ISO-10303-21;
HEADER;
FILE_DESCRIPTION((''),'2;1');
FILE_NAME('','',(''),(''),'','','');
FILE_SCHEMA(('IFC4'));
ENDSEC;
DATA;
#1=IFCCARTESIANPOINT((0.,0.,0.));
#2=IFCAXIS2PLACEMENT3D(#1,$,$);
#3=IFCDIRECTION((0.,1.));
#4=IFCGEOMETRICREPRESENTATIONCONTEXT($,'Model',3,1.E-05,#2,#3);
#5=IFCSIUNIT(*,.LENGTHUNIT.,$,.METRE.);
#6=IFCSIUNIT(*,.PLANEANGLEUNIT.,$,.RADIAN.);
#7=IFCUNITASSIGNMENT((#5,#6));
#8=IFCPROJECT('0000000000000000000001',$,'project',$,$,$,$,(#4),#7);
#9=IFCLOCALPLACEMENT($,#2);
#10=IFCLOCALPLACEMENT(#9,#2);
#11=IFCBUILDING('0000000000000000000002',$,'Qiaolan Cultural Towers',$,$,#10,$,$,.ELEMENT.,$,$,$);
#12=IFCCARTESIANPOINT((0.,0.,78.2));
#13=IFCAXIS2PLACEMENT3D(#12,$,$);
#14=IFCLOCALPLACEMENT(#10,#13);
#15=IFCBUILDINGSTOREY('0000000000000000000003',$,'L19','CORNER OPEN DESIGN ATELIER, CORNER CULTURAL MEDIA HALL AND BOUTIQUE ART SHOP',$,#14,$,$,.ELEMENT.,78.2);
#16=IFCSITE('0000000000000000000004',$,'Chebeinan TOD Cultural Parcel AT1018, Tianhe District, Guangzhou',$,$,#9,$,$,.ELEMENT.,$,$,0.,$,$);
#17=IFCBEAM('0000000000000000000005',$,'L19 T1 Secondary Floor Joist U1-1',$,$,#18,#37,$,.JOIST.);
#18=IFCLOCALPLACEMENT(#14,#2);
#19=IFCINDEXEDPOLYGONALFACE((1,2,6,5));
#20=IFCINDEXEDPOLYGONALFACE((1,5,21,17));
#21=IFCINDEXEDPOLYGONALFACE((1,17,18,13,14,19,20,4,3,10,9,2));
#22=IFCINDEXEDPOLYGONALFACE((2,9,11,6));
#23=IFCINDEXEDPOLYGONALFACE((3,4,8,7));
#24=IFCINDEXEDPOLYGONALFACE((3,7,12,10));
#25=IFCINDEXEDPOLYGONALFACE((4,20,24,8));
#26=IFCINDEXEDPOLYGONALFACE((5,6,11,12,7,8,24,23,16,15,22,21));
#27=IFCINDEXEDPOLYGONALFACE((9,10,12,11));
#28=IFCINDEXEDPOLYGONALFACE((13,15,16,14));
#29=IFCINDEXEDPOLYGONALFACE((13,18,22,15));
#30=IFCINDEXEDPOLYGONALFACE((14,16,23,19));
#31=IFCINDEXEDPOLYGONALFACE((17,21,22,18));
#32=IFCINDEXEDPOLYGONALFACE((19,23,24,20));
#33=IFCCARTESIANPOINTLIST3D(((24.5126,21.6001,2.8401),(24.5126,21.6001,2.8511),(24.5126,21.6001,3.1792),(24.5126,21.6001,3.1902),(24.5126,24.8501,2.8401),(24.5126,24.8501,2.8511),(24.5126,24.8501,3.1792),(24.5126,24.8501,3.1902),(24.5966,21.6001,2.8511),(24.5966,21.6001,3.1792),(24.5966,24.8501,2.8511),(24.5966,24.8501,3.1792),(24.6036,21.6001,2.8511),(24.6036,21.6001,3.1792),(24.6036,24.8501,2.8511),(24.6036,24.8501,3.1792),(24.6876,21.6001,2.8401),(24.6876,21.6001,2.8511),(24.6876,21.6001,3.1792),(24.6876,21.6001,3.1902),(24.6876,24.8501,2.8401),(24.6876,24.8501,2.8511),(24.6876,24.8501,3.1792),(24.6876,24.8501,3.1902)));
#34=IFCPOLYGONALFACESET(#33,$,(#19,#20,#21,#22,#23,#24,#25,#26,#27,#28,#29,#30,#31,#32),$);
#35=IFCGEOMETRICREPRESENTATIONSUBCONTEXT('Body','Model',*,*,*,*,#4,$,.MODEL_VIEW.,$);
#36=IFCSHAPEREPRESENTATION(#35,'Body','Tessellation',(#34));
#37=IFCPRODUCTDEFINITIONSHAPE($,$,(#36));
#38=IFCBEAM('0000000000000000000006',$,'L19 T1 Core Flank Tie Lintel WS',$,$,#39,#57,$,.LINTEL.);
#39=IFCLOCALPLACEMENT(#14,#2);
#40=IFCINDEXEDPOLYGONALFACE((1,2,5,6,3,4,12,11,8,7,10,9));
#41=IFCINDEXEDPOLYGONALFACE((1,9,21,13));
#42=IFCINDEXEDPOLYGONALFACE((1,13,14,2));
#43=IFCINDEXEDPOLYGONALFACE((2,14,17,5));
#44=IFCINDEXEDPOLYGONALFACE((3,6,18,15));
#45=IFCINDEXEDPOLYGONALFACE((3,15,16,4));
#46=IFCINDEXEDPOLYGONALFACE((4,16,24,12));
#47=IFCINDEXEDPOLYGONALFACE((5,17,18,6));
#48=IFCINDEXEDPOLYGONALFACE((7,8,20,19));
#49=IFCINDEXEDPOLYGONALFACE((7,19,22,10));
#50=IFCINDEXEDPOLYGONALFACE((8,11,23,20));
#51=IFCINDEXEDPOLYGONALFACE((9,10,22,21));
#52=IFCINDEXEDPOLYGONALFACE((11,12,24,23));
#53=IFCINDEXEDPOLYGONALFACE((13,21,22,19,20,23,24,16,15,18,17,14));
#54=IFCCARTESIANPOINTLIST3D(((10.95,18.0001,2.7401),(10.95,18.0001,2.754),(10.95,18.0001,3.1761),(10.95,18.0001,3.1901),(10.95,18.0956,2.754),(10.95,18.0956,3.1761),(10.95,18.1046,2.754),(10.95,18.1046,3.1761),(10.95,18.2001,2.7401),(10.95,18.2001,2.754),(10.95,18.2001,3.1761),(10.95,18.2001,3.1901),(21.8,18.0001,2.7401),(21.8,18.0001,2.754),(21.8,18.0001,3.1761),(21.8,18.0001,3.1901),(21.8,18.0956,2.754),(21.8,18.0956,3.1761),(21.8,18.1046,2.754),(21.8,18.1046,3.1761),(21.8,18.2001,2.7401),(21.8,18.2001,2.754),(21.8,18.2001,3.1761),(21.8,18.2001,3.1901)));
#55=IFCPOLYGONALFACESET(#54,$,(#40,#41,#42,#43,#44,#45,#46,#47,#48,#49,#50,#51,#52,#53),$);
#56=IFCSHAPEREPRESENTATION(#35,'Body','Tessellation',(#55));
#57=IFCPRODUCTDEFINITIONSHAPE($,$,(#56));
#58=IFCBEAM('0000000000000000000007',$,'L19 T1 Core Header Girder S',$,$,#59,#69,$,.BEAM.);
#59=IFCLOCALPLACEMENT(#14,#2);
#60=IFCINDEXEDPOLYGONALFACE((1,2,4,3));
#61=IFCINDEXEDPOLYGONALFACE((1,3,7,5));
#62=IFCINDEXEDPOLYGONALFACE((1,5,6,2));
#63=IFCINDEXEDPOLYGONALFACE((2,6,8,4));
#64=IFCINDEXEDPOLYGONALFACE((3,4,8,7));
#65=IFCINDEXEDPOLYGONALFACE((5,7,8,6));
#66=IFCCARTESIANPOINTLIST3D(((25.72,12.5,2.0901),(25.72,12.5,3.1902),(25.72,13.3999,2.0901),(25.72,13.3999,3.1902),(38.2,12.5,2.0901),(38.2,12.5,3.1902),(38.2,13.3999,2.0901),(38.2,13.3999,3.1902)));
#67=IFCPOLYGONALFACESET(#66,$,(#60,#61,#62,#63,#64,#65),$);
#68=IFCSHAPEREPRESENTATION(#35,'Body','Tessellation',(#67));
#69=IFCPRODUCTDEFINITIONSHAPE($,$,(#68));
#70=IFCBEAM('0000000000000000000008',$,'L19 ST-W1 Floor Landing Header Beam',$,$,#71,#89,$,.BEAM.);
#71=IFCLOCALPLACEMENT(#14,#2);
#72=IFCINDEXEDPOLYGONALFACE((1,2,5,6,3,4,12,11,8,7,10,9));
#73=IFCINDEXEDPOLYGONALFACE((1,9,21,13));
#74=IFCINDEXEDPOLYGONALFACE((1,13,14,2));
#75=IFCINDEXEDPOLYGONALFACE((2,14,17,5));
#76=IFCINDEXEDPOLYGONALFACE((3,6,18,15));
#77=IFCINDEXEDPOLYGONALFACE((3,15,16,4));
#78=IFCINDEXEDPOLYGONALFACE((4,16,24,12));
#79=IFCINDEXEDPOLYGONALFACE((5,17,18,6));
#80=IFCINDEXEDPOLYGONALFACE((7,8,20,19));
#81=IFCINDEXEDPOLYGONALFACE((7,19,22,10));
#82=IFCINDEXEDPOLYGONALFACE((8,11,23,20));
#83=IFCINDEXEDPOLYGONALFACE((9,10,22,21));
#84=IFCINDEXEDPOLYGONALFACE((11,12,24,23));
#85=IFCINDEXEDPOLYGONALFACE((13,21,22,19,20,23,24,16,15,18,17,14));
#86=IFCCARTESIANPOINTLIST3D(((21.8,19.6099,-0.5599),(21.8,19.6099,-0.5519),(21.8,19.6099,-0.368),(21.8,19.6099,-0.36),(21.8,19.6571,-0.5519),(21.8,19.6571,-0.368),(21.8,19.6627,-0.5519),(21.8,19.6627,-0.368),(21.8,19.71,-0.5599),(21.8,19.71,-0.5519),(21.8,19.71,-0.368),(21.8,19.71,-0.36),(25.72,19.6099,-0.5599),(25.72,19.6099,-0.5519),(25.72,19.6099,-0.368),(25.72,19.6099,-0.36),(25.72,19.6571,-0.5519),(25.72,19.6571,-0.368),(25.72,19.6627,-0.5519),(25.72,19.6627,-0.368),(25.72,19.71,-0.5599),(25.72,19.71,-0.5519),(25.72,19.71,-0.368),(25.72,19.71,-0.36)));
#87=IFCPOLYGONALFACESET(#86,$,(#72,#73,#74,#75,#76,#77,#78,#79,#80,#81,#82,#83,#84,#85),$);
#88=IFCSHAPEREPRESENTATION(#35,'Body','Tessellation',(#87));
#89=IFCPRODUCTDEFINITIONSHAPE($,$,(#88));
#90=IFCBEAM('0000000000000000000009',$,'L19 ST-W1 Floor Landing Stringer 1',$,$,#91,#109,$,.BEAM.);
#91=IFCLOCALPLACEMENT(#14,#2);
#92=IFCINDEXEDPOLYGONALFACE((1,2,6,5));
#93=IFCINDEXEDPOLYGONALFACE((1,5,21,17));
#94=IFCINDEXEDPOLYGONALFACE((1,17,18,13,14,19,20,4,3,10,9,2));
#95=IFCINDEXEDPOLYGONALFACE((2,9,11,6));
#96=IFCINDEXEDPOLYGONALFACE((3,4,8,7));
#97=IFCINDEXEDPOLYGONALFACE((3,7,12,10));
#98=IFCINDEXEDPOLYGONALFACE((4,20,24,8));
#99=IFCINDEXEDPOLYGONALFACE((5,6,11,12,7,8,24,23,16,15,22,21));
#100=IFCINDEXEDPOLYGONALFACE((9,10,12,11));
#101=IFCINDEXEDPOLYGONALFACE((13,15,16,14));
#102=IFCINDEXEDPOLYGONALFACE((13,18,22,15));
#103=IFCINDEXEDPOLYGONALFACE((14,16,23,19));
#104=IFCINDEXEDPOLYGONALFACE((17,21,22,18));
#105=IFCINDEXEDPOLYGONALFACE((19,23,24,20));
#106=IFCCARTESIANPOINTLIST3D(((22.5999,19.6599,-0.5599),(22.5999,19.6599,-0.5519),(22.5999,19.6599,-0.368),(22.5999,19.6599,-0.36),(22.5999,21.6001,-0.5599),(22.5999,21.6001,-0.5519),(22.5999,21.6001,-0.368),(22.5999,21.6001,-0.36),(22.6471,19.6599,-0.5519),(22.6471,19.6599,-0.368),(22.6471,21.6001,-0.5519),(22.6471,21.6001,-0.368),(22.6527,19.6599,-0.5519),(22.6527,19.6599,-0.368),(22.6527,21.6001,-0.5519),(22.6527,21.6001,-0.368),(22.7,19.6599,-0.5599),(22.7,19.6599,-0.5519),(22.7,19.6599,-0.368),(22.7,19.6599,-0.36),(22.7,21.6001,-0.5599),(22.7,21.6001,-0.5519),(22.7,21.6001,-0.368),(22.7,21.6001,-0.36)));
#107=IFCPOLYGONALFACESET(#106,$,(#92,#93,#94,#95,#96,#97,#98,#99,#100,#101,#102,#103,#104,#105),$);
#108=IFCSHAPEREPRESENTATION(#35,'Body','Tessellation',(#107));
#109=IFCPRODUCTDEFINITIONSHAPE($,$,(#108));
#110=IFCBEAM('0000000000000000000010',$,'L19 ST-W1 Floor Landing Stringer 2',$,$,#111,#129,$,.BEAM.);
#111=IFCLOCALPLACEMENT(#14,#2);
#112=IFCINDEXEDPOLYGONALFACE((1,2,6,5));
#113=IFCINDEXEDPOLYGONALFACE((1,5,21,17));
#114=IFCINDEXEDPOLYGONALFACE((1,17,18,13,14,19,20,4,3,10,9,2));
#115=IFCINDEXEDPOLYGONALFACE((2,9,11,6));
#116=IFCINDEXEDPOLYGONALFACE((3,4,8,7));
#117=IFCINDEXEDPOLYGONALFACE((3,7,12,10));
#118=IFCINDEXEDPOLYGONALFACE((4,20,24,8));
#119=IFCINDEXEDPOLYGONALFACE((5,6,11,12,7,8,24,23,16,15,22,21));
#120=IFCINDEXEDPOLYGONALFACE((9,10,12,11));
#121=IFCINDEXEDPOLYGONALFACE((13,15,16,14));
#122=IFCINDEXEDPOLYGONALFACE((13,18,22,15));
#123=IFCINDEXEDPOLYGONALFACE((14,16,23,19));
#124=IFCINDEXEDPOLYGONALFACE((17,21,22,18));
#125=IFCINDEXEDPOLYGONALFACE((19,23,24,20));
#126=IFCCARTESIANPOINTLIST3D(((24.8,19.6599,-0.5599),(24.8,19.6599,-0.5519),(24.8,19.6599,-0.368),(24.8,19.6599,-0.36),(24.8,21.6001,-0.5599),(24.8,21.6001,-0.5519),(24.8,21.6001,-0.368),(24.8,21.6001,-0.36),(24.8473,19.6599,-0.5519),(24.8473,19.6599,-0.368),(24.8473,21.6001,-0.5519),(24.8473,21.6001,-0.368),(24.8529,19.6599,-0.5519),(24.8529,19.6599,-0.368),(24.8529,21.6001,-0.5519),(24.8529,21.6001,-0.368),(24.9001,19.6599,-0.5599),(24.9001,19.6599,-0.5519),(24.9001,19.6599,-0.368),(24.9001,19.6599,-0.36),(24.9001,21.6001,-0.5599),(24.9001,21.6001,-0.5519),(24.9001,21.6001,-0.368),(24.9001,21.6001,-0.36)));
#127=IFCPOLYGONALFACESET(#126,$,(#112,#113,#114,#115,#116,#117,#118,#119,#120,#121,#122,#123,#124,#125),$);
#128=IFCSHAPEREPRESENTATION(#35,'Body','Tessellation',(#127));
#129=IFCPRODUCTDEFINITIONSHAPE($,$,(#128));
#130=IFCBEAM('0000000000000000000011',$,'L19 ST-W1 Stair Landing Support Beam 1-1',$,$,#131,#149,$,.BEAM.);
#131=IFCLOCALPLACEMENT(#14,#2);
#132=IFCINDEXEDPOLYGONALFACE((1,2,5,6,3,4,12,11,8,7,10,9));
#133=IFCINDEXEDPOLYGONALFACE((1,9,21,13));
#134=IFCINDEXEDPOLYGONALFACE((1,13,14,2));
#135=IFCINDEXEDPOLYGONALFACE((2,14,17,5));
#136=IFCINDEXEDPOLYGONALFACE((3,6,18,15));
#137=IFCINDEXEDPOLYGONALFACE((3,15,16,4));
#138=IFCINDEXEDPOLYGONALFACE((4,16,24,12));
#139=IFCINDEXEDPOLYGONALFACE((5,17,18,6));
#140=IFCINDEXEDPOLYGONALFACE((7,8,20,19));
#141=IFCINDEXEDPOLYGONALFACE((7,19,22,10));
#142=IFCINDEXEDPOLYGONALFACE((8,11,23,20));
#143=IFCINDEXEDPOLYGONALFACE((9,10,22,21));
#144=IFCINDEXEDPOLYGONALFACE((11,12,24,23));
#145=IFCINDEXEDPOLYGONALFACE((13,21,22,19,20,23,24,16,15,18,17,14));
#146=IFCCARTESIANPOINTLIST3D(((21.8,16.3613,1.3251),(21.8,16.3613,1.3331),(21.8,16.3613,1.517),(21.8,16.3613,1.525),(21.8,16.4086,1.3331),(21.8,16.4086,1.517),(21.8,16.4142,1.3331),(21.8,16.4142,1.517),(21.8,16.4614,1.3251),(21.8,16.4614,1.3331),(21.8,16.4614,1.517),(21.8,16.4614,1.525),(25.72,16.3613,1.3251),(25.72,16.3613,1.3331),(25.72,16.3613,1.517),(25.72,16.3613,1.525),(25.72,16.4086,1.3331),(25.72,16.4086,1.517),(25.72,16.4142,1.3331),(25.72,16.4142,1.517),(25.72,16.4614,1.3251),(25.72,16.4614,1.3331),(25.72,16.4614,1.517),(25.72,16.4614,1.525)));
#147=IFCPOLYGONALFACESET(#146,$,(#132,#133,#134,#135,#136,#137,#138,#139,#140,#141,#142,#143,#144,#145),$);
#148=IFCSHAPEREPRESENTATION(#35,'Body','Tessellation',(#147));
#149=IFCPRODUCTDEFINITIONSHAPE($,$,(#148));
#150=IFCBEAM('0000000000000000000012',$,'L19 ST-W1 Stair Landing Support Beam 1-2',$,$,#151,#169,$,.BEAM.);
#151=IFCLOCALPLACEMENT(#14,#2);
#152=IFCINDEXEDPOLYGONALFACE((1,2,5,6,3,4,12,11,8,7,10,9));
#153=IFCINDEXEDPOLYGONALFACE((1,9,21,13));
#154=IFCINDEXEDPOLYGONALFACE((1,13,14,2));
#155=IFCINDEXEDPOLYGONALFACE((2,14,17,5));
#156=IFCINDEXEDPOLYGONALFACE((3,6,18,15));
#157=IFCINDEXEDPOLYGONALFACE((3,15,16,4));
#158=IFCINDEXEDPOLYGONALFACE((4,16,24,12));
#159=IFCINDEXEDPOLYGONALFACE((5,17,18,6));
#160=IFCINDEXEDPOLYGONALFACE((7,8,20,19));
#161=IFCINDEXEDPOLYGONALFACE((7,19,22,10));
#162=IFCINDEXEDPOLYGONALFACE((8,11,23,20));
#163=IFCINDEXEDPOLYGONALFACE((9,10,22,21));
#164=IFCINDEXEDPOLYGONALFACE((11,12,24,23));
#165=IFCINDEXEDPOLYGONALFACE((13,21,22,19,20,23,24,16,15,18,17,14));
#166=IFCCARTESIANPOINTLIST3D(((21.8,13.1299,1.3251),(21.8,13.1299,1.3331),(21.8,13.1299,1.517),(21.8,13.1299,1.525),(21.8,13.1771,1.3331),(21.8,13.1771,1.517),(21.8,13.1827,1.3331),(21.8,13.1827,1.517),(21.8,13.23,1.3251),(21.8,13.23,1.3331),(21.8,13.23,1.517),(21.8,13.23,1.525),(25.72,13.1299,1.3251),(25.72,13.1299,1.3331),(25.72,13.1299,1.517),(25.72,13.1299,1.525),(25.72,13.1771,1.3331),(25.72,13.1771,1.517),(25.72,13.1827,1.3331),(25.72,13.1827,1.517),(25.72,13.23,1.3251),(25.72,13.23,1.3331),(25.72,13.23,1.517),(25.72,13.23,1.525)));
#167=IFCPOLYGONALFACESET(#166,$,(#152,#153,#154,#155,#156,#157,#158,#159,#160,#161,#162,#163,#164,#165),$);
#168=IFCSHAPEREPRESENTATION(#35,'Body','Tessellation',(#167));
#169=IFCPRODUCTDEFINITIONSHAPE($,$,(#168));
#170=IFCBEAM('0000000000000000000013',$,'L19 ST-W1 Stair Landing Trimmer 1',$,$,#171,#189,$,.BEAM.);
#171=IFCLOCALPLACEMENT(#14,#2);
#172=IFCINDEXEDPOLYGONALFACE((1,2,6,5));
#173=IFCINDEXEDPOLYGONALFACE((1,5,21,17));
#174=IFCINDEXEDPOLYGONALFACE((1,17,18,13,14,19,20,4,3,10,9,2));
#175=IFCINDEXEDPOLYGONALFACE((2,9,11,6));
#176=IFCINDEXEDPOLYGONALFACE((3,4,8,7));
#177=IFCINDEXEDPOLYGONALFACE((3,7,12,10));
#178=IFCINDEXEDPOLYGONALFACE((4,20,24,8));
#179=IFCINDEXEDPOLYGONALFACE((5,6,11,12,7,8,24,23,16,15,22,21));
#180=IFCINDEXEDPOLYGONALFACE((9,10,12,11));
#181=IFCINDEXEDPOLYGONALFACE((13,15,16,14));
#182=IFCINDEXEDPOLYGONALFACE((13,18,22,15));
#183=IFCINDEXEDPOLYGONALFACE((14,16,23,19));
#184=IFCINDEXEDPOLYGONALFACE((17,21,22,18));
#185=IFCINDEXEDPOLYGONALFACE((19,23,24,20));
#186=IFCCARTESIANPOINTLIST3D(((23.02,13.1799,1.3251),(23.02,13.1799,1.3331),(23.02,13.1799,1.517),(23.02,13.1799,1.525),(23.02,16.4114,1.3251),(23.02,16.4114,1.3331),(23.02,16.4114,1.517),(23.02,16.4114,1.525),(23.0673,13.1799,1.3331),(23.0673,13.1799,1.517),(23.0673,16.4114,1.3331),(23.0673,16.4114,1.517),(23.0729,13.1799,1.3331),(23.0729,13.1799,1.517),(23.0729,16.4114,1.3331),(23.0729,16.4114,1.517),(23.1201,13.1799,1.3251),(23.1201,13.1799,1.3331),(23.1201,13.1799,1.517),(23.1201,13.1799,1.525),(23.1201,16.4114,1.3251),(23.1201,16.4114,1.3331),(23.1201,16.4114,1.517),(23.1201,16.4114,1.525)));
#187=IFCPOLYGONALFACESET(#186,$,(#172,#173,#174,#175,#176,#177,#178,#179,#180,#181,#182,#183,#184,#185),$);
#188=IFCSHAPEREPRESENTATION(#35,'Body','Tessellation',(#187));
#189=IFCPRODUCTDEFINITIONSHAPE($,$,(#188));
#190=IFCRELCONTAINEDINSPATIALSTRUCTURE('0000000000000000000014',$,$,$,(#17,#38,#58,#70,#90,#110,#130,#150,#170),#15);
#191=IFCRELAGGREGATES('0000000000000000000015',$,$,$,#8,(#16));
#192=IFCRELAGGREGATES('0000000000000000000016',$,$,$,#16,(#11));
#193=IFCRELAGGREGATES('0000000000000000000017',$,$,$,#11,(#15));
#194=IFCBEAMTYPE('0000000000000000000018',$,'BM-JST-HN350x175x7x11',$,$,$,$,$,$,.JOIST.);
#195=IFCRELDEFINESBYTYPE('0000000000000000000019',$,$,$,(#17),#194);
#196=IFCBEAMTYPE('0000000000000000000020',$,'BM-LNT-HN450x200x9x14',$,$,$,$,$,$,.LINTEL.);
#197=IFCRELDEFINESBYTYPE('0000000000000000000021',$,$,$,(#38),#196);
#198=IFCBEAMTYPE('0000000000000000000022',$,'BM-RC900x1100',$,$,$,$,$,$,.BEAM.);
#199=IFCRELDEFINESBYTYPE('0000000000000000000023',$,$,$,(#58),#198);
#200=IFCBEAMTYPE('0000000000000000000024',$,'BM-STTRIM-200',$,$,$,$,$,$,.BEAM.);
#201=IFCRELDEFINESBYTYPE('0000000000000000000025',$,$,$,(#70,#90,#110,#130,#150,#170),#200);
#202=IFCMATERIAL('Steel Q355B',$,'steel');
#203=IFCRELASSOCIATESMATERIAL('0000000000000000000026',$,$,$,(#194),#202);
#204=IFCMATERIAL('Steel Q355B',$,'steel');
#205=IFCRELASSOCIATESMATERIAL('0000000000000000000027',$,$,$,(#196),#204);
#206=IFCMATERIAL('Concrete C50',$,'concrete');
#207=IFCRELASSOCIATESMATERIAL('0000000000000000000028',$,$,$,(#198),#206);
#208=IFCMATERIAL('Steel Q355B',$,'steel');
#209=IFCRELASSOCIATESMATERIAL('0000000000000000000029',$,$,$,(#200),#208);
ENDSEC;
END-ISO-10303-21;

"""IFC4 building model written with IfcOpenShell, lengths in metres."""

from ifc_helpers import new_model, si_unit, direction, frame, origin, origin_2d, place, context, subcontext, project, spatial, rectangle, i_section, extrude, material, material_profile, profile_set, type_object, element, save


model = new_model("IFC4")

# Units and contexts
model_context = context("Model", 3, precision=1e-05, world=origin(), true_north=direction((0.0, 1.0)))
body_context = subcontext(model_context, "Body", "Model", "MODEL_VIEW")
ifc_project = project(units=[si_unit("LENGTHUNIT", "METRE"), si_unit("PLANEANGLEUNIT", "RADIAN")], contexts=[model_context])

# Site, building, storey
site_placement = place(None, origin())
site = spatial("IfcSite", under=ifc_project, at=site_placement, Name="Chebeinan TOD Cultural Parcel AT1018, Tianhe District, Guangzhou", CompositionType="ELEMENT", RefElevation=0.0)
building_placement = place(site_placement, origin())
building = spatial("IfcBuilding", under=site, at=building_placement, Name="Qiaolan Cultural Towers", CompositionType="ELEMENT")
storey_placement = place(building_placement, frame((0.0, 0.0, 78.2)))
storey = spatial("IfcBuildingStorey", under=building, at=storey_placement, Name="L19", Description="CORNER OPEN DESIGN ATELIER, CORNER CULTURAL MEDIA HALL AND BOUTIQUE ART SHOP", CompositionType="ELEMENT", Elevation=78.2)

# Beams
ifc_material_1 = material(Name="Steel Q355B", Category="steel")
ifc_material_profile_1 = material_profile(ifc_material_1, i_section(OverallWidth=0.175, OverallDepth=0.3501, WebThickness=0.0071, FlangeThickness=0.011, at=origin_2d()), Name="HN350x175x7x11")
ifc_profile_set_1 = profile_set([ifc_material_profile_1], Name="Steel Q355B")
beam_type_1 = type_object("IfcBeamType", Name="BM-JST-HN350x175x7x11", PredefinedType="JOIST", material=ifc_profile_set_1)
beam_1_placement = place(storey_placement, frame((24.6001, 21.6001, 3.0151), z_axis=(0.0, 1.0, 0.0), x_axis=(-1.0, 0.0, 0.0)))
element("IfcBeam", 1, at=beam_1_placement, inside=storey, type_object=beam_type_1, Name="L19 T1 Secondary Floor Joist U1-1", PredefinedType="JOIST", context=body_context, shape_type="SweptSolid", body=[
    extrude(i_section(OverallWidth=0.175, OverallDepth=0.3501, WebThickness=0.0071, FlangeThickness=0.011, at=origin_2d()), origin(), (0.0, 0.0, 1.0), 3.25),
])
ifc_material_2 = material(Name="Steel Q355B", Category="steel")
ifc_material_profile_2 = material_profile(ifc_material_2, i_section(OverallWidth=0.2, OverallDepth=0.45, WebThickness=0.009, FlangeThickness=0.0139, at=origin_2d()), Name="HN450x200x9x14")
ifc_profile_set_2 = profile_set([ifc_material_profile_2], Name="Steel Q355B")
beam_type_2 = type_object("IfcBeamType", Name="BM-LNT-HN450x200x9x14", PredefinedType="LINTEL", material=ifc_profile_set_2)
beam_2_placement = place(storey_placement, frame((21.8, 18.1001, 2.9651), z_axis=(-1.0, 0.0, 0.0), x_axis=(0.0, -1.0, 0.0)))
element("IfcBeam", 2, at=beam_2_placement, inside=storey, type_object=beam_type_2, Name="L19 T1 Core Flank Tie Lintel WS", PredefinedType="LINTEL", context=body_context, shape_type="SweptSolid", body=[
    extrude(i_section(OverallWidth=0.2, OverallDepth=0.45, WebThickness=0.009, FlangeThickness=0.0139, at=origin_2d()), origin(), (0.0, 0.0, 1.0), 10.8501),
])
ifc_material_3 = material(Name="Concrete C50", Category="concrete")
ifc_material_profile_3 = material_profile(ifc_material_3, rectangle(XDim=0.8999, YDim=1.1001, at=origin_2d()), Name="RC900x1100")
ifc_profile_set_3 = profile_set([ifc_material_profile_3], Name="Concrete C50")
beam_type_3 = type_object("IfcBeamType", Name="BM-RC900x1100", PredefinedType="BEAM", material=ifc_profile_set_3)
beam_3_placement = place(storey_placement, frame((25.72, 12.95, 2.6401), z_axis=(1.0, 0.0, 0.0), x_axis=(0.0, 1.0, 0.0)))
element("IfcBeam", 3, at=beam_3_placement, inside=storey, type_object=beam_type_3, Name="L19 T1 Core Header Girder S", PredefinedType="BEAM", context=body_context, shape_type="SweptSolid", body=[
    extrude(rectangle(XDim=0.8999, YDim=1.1001, at=origin_2d()), origin(), (0.0, 0.0, 1.0), 12.48),
])
ifc_material_4 = material(Name="Steel Q355B", Category="steel")
ifc_material_profile_4 = material_profile(ifc_material_4, i_section(OverallWidth=0.1001, OverallDepth=0.2, WebThickness=0.0056, FlangeThickness=0.0081, at=origin_2d()), Name="HN200x100x5.5x8")
ifc_profile_set_4 = profile_set([ifc_material_profile_4], Name="Steel Q355B")
beam_type_4 = type_object("IfcBeamType", Name="BM-STTRIM-200", PredefinedType="BEAM", material=ifc_profile_set_4)
beam_4_placement = place(storey_placement, frame((21.8, 19.6599, -0.46), z_axis=(1.0, 0.0, 0.0), x_axis=(0.0, 1.0, 0.0)))
element("IfcBeam", 4, at=beam_4_placement, inside=storey, type_object=beam_type_4, Name="L19 ST-W1 Floor Landing Header Beam", PredefinedType="BEAM", context=body_context, shape_type="SweptSolid", body=[
    extrude(i_section(OverallWidth=0.1001, OverallDepth=0.2, WebThickness=0.0056, FlangeThickness=0.0081, at=origin_2d()), origin(), (0.0, 0.0, 1.0), 3.9199),
])
for number, where, z_axis, x_axis, name in (
    (5, (22.6499, 21.6001, -0.46), (0.0, -1.0, 0.0), (1.0, 0.0, 0.0), "L19 ST-W1 Floor Landing Stringer 1"),
    (6, (24.8501, 21.6001, -0.46), (0.0, -1.0, 0.0), (1.0, 0.0, 0.0), "L19 ST-W1 Floor Landing Stringer 2"),
):
    element("IfcBeam", number, at=place(storey_placement, frame(where, z_axis=z_axis, x_axis=x_axis)), inside=storey, type_object=beam_type_4, Name=name, PredefinedType="BEAM", context=body_context, shape_type="SweptSolid", body=[
        extrude(i_section(OverallWidth=0.1001, OverallDepth=0.2, WebThickness=0.0056, FlangeThickness=0.0081, at=origin_2d()), origin(), (0.0, 0.0, 1.0), 1.9402),
    ])
for number, where, z_axis, x_axis, name in (
    (7, (21.8, 16.4114, 1.425), (1.0, 0.0, 0.0), (0.0, 1.0, 0.0), "L19 ST-W1 Stair Landing Support Beam 1-1"),
    (8, (21.8, 13.1799, 1.425), (1.0, 0.0, 0.0), (0.0, 1.0, 0.0), "L19 ST-W1 Stair Landing Support Beam 1-2"),
):
    element("IfcBeam", number, at=place(storey_placement, frame(where, z_axis=z_axis, x_axis=x_axis)), inside=storey, type_object=beam_type_4, Name=name, PredefinedType="BEAM", context=body_context, shape_type="SweptSolid", body=[
        extrude(i_section(OverallWidth=0.1001, OverallDepth=0.2, WebThickness=0.0056, FlangeThickness=0.0081, at=origin_2d()), origin(), (0.0, 0.0, 1.0), 3.9199),
    ])
beam_5_placement = place(storey_placement, frame((23.0701, 16.4114, 1.425), z_axis=(0.0, -1.0, 0.0), x_axis=(1.0, 0.0, 0.0)))
element("IfcBeam", 9, at=beam_5_placement, inside=storey, type_object=beam_type_4, Name="L19 ST-W1 Stair Landing Trimmer 1", PredefinedType="BEAM", context=body_context, shape_type="SweptSolid", body=[
    extrude(i_section(OverallWidth=0.1001, OverallDepth=0.2, WebThickness=0.0056, FlangeThickness=0.0081, at=origin_2d()), origin(), (0.0, 0.0, 1.0), 3.2314),
])

save(model, "model.ifc")
